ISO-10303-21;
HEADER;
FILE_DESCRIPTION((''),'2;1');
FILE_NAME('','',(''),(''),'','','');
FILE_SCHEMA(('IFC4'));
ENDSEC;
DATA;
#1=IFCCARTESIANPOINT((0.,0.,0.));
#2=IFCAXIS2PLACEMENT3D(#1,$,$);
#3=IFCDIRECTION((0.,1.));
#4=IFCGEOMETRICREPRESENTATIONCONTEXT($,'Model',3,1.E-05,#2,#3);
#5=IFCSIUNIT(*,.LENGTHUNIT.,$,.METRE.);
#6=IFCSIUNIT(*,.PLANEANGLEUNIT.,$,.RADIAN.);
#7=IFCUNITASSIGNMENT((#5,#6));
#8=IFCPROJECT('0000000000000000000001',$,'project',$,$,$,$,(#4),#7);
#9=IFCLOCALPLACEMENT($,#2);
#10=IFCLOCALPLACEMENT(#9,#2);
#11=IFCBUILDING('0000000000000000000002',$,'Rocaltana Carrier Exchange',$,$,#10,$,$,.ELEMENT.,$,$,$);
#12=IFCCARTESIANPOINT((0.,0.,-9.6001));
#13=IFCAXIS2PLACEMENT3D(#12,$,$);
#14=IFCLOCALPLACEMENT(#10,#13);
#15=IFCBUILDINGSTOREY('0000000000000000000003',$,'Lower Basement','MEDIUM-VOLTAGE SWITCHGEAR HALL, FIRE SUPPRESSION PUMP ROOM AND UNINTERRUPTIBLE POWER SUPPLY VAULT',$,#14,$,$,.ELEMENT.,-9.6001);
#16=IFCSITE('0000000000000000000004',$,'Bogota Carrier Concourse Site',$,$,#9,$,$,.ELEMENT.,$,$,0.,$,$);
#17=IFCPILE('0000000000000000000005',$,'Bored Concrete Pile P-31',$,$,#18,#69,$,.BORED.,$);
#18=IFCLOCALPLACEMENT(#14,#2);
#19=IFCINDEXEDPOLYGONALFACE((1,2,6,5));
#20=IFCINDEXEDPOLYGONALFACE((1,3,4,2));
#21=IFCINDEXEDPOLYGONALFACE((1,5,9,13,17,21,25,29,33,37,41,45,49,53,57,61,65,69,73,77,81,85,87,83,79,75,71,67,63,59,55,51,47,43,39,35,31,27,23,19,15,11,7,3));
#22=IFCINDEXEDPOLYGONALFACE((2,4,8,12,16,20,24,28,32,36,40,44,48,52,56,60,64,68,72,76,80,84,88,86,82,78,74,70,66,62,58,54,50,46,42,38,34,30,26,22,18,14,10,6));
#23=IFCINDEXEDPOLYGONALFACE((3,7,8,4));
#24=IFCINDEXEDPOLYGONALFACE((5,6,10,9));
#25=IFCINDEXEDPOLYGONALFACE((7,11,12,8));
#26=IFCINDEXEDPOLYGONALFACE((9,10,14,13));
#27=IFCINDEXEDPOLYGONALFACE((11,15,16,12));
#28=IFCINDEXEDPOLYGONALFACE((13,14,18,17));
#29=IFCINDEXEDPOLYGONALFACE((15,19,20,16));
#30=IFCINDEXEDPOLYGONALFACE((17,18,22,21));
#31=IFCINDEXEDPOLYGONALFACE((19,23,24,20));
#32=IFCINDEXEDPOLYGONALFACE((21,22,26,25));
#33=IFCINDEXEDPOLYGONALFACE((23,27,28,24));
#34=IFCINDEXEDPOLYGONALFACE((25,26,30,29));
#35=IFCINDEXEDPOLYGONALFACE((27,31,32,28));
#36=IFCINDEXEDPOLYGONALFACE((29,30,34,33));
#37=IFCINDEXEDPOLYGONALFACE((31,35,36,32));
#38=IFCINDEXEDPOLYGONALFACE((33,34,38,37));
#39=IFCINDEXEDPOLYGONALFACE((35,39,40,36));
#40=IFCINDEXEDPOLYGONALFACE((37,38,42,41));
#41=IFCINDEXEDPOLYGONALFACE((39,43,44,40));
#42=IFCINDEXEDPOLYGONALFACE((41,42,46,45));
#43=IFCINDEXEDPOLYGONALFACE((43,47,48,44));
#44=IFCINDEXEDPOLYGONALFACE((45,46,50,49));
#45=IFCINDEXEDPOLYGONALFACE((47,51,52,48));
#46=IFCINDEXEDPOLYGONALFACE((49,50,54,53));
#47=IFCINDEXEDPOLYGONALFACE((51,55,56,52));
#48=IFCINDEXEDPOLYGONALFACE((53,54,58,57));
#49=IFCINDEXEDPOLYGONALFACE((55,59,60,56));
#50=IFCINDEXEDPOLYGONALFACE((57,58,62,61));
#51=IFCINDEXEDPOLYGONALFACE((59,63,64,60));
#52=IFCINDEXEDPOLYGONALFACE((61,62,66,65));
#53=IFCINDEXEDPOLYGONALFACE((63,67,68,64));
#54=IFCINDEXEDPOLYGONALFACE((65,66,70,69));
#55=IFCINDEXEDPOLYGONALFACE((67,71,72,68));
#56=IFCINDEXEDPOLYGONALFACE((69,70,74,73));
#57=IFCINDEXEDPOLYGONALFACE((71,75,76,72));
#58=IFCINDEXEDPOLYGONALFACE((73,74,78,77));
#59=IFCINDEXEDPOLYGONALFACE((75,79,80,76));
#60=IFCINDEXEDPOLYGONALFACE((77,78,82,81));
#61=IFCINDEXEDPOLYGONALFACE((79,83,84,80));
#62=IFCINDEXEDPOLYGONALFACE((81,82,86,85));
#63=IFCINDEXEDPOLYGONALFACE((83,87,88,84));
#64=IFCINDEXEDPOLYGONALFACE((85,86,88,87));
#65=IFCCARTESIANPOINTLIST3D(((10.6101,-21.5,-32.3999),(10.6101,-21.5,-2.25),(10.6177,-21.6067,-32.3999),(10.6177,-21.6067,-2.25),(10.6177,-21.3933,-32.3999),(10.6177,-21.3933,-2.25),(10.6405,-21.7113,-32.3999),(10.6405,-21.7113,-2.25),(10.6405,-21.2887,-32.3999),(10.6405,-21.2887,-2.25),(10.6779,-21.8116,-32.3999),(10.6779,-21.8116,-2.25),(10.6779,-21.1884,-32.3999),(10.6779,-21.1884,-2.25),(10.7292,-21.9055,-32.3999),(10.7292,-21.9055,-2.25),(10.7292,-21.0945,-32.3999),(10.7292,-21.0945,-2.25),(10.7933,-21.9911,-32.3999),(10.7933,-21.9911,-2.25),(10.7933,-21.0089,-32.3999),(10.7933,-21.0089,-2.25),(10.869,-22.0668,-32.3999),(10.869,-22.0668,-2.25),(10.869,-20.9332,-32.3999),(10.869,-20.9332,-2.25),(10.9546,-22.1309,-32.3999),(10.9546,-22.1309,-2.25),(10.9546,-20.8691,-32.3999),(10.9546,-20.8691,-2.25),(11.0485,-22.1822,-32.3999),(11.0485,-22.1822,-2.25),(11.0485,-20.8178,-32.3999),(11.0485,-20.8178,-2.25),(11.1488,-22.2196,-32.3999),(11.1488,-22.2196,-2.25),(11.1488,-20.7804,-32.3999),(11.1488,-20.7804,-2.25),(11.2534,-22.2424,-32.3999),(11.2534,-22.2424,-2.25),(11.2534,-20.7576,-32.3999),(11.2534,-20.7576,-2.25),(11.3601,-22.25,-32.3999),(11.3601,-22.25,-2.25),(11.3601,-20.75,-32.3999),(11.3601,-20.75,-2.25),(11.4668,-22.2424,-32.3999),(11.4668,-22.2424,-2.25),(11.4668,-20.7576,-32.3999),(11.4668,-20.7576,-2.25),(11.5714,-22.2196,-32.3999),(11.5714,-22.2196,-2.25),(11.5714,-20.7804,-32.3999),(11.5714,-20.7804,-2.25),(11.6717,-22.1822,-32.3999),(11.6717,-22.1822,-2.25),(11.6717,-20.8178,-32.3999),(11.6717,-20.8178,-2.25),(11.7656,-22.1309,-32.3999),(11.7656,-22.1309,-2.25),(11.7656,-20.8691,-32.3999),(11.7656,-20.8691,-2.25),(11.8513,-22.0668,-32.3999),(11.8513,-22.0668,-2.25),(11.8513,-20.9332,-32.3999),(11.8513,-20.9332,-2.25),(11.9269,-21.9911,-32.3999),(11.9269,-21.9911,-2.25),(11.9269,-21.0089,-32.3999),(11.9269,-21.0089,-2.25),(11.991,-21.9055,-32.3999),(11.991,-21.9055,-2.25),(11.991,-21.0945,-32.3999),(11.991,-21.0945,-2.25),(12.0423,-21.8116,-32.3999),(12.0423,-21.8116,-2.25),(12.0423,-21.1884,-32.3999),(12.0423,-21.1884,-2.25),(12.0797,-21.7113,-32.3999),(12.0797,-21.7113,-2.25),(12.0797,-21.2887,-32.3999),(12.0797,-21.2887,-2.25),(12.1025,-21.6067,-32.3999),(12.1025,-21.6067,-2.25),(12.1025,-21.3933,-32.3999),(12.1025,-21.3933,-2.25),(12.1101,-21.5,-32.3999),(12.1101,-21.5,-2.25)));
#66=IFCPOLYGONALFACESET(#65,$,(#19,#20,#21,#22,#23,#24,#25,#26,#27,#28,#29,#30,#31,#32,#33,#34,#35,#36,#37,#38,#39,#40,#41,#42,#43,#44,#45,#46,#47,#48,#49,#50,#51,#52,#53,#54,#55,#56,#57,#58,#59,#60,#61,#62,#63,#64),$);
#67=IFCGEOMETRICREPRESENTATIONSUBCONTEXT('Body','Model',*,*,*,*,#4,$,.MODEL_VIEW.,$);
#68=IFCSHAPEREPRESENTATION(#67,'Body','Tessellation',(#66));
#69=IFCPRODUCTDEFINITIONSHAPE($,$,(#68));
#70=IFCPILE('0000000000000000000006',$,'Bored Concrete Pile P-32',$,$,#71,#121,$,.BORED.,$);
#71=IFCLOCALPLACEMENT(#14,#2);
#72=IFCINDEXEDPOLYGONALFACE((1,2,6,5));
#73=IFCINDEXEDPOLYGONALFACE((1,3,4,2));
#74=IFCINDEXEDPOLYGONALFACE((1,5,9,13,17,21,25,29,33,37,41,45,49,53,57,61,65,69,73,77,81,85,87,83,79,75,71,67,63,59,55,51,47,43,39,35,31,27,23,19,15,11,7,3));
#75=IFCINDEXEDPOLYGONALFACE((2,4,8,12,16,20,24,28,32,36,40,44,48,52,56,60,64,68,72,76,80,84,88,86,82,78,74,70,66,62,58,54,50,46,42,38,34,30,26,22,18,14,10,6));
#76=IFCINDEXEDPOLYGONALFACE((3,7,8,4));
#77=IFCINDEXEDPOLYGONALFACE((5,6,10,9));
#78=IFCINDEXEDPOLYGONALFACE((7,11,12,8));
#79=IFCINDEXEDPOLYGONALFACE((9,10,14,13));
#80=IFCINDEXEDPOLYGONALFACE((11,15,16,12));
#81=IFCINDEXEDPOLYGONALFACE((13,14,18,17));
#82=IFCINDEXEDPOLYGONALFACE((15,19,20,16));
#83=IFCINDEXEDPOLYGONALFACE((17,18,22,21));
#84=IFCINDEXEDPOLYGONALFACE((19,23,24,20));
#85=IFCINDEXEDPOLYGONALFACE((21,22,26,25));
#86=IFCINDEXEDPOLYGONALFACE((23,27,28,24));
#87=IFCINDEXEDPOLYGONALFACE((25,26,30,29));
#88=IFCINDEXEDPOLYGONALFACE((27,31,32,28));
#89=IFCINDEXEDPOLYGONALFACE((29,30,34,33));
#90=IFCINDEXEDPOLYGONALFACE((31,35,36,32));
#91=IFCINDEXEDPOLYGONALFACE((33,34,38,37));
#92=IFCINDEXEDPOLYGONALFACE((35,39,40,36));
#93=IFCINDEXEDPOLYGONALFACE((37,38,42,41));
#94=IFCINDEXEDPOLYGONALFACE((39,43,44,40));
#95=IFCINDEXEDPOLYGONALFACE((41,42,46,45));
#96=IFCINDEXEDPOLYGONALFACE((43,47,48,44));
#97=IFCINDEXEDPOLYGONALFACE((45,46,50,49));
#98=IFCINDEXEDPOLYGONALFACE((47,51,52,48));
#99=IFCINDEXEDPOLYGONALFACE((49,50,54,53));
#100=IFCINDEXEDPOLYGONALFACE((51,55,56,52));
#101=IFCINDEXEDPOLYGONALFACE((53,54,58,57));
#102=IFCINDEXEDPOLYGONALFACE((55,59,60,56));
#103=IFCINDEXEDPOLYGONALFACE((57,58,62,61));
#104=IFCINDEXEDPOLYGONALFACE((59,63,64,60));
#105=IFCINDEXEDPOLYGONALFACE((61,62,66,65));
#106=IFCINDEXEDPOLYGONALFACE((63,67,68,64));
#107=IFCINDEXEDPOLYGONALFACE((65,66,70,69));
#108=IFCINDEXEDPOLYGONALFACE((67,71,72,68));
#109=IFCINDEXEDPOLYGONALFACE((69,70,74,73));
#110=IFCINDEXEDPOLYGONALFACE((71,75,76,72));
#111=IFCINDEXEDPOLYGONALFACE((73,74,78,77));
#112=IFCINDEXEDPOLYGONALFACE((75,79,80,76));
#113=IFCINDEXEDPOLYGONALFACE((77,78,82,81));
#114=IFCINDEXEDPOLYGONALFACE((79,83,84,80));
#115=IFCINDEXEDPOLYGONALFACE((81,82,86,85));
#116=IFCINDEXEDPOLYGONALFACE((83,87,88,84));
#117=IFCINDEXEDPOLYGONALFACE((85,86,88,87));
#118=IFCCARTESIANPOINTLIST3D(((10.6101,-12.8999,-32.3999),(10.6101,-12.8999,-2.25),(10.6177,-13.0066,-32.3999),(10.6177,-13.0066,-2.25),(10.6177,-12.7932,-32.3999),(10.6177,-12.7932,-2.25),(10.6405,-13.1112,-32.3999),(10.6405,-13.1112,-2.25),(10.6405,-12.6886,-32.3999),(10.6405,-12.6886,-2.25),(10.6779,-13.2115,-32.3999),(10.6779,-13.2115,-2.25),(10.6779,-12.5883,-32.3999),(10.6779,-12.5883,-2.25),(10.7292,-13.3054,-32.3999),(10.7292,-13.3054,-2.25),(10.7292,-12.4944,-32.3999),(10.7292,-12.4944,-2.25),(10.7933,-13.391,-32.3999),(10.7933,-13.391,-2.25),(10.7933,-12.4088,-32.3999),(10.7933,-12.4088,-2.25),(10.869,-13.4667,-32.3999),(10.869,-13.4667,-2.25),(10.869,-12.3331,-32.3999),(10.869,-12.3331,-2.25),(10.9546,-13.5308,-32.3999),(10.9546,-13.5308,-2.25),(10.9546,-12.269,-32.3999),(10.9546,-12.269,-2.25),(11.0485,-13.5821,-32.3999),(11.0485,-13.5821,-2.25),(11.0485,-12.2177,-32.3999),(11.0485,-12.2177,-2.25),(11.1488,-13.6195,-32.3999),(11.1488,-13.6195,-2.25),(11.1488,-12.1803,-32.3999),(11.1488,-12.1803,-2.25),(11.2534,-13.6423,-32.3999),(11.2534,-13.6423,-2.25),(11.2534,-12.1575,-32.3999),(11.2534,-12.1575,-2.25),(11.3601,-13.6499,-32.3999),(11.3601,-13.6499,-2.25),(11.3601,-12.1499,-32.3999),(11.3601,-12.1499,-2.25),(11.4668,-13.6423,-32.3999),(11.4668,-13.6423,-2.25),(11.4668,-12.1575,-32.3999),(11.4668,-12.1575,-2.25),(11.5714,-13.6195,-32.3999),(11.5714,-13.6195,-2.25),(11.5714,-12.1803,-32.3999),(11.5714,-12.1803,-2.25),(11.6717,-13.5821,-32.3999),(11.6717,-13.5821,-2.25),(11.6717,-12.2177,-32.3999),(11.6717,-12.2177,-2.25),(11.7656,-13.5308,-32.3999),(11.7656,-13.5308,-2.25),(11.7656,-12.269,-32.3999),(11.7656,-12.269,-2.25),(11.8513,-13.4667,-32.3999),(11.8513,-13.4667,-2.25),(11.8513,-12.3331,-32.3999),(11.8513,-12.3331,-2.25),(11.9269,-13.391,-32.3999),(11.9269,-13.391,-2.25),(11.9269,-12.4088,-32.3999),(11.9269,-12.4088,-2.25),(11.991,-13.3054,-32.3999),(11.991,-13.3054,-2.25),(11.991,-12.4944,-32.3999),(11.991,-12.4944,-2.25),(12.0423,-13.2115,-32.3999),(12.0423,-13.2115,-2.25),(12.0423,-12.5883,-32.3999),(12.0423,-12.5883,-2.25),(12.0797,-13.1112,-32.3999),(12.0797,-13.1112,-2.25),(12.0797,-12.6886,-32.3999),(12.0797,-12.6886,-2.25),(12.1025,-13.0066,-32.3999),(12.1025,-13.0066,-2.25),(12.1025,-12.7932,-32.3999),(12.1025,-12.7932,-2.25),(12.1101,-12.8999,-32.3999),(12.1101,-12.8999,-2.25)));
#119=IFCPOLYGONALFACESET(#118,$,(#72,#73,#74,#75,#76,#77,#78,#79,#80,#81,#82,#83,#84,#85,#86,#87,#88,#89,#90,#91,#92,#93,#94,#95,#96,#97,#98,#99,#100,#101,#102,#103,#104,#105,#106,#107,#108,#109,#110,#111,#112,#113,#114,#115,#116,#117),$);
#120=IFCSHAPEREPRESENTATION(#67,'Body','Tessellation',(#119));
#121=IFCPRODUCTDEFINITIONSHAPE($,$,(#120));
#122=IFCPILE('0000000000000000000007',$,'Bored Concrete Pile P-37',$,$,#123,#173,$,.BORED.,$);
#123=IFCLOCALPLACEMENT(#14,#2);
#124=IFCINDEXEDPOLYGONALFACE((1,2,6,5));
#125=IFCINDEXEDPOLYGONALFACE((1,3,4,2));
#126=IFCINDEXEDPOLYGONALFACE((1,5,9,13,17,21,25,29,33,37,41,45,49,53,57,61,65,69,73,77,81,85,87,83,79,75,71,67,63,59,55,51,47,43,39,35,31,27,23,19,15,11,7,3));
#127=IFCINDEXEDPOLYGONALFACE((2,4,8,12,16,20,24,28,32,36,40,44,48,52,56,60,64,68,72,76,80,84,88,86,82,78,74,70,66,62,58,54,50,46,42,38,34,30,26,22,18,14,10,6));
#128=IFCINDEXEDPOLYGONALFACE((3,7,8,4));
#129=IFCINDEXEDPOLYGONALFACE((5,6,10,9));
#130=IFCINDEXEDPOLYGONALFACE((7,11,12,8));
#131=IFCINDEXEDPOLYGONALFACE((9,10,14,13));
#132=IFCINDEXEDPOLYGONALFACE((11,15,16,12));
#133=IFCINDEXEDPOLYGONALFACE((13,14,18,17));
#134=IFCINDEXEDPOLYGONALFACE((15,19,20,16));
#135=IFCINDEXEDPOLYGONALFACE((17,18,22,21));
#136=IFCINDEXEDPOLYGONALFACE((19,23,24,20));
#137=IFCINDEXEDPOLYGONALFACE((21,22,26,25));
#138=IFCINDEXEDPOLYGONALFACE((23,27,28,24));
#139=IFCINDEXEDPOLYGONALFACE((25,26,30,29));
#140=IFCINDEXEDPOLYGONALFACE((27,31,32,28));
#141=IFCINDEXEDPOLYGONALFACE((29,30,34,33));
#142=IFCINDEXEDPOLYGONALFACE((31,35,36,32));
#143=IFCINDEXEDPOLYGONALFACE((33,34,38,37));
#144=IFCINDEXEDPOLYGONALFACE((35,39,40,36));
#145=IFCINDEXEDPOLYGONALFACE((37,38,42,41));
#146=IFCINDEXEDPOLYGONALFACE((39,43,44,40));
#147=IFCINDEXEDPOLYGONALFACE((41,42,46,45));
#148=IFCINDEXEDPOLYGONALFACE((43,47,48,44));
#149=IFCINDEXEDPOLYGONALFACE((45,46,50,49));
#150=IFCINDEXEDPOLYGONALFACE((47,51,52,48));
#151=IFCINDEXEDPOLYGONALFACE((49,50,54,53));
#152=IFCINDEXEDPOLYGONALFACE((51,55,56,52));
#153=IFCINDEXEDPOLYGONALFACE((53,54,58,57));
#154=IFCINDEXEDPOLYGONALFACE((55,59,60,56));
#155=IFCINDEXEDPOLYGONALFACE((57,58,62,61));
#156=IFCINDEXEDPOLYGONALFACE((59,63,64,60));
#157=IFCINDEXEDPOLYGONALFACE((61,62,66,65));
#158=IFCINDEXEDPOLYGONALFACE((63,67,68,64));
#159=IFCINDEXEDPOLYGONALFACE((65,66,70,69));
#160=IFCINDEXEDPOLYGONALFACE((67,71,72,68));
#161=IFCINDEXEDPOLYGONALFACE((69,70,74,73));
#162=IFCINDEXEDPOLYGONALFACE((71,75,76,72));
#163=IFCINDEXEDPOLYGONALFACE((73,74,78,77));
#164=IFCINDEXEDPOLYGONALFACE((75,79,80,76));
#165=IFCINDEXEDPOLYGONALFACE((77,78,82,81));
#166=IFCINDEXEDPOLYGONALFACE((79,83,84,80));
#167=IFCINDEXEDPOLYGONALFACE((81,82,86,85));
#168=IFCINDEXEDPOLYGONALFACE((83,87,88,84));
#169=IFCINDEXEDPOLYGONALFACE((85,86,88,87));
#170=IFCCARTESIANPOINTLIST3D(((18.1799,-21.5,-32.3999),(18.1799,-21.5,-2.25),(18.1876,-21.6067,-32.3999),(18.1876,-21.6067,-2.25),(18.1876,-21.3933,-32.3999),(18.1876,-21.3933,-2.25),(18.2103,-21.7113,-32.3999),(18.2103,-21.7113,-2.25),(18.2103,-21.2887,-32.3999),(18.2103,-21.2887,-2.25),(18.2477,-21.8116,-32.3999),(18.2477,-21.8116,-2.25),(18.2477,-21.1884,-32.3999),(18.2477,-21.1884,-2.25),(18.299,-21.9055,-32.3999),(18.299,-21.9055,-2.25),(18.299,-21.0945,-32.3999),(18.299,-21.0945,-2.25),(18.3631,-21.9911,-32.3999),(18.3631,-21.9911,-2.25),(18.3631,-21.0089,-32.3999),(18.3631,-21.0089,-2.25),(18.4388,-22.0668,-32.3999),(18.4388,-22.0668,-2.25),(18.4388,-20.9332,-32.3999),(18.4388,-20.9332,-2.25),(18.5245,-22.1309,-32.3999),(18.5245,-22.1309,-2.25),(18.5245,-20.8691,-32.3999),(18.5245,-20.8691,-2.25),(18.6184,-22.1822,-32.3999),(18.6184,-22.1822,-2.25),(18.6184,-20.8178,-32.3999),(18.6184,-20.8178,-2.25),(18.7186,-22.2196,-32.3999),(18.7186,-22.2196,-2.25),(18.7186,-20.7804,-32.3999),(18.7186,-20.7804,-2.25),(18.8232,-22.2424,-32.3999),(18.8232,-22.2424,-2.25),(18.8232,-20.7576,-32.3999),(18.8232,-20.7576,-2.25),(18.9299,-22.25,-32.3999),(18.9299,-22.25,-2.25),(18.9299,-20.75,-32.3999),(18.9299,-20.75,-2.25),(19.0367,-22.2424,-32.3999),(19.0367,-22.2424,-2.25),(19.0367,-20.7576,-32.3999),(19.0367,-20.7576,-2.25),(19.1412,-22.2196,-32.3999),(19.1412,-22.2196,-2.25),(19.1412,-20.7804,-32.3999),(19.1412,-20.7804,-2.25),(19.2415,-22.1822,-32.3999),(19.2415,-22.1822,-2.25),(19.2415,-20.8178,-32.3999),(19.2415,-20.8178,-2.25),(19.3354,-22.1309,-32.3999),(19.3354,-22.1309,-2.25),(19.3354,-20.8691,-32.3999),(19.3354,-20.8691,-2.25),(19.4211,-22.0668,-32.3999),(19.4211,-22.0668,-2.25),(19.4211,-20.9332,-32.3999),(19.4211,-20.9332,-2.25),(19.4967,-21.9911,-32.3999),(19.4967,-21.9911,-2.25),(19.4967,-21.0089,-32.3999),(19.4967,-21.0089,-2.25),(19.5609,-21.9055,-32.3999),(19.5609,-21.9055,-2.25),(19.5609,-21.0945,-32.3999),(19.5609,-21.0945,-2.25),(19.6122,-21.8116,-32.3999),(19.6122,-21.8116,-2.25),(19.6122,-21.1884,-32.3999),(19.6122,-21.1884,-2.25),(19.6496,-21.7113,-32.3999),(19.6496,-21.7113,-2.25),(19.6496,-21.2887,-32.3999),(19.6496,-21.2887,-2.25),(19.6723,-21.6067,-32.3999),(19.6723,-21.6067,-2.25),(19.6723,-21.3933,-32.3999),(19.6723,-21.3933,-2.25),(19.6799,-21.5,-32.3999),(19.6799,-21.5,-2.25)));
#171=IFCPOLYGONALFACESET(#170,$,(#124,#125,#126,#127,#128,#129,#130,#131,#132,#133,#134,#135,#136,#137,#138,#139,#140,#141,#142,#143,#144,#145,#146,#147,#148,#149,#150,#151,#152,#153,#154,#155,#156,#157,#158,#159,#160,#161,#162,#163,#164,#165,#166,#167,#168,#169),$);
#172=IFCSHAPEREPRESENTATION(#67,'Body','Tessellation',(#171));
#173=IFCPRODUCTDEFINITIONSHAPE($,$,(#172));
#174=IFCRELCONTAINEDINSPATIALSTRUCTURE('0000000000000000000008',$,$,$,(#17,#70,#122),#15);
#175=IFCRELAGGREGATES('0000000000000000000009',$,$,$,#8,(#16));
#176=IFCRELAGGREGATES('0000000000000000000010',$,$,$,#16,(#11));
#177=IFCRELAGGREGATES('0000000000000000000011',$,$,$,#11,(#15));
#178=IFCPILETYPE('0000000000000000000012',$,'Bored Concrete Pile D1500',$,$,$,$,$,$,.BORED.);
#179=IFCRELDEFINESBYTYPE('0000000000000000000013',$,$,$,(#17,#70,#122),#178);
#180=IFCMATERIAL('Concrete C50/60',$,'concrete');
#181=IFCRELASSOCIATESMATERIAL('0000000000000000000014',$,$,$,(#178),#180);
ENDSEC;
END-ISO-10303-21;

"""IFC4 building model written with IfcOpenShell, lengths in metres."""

from ifc_helpers import new_model, si_unit, direction, frame, origin, origin_2d, place, context, subcontext, project, spatial, circle, extrude, material, material_profile, profile_set, type_object, element, save


model = new_model("IFC4")

# Units and contexts
model_context = context("Model", 3, precision=1e-05, world=origin(), true_north=direction((0.0, 1.0)))
body_context = subcontext(model_context, "Body", "Model", "MODEL_VIEW")
ifc_project = project(units=[si_unit("LENGTHUNIT", "METRE"), si_unit("PLANEANGLEUNIT", "RADIAN")], contexts=[model_context])

# Site, building, storey
site_placement = place(None, origin())
site = spatial("IfcSite", under=ifc_project, at=site_placement, Name="Bogota Carrier Concourse Site", CompositionType="ELEMENT", RefElevation=0.0)
building_placement = place(site_placement, origin())
building = spatial("IfcBuilding", under=site, at=building_placement, Name="Rocaltana Carrier Exchange", CompositionType="ELEMENT")
storey_placement = place(building_placement, frame((0.0, 0.0, -9.6001)))
storey = spatial("IfcBuildingStorey", under=building, at=storey_placement, Name="Lower Basement", Description="MEDIUM-VOLTAGE SWITCHGEAR HALL, FIRE SUPPRESSION PUMP ROOM AND UNINTERRUPTIBLE POWER SUPPLY VAULT", CompositionType="ELEMENT", Elevation=-9.6001)

# Piles
ifc_material_1 = material(Name="Concrete C50/60", Category="concrete")
ifc_material_profile_1 = material_profile(ifc_material_1, circle(Radius=0.75, at=origin_2d()), Name="PILE-D1500")
ifc_profile_set_1 = profile_set([ifc_material_profile_1], Name="Concrete C50/60")
pile_type = type_object("IfcPileType", Name="Bored Concrete Pile D1500", PredefinedType="BORED", material=ifc_profile_set_1)
for number, where, z_axis, x_axis, name in (
    (1, (11.3601, -21.5, -2.25), (0.0, 0.0, -1.0), (1.0, 0.0, 0.0), "Bored Concrete Pile P-31"),
    (2, (11.3601, -12.8999, -2.25), (0.0, 0.0, -1.0), (1.0, 0.0, 0.0), "Bored Concrete Pile P-32"),
    (3, (18.9299, -21.5, -2.25), (0.0, 0.0, -1.0), (1.0, 0.0, 0.0), "Bored Concrete Pile P-37"),
):
    element("IfcPile", number, at=place(storey_placement, frame(where, z_axis=z_axis, x_axis=x_axis)), inside=storey, type_object=pile_type, Name=name, PredefinedType="BORED", context=body_context, shape_type="SweptSolid", body=[
        extrude(circle(Radius=0.75, at=origin_2d()), origin(), (0.0, 0.0, 1.0), 30.1499),
    ])

save(model, "model.ifc")
